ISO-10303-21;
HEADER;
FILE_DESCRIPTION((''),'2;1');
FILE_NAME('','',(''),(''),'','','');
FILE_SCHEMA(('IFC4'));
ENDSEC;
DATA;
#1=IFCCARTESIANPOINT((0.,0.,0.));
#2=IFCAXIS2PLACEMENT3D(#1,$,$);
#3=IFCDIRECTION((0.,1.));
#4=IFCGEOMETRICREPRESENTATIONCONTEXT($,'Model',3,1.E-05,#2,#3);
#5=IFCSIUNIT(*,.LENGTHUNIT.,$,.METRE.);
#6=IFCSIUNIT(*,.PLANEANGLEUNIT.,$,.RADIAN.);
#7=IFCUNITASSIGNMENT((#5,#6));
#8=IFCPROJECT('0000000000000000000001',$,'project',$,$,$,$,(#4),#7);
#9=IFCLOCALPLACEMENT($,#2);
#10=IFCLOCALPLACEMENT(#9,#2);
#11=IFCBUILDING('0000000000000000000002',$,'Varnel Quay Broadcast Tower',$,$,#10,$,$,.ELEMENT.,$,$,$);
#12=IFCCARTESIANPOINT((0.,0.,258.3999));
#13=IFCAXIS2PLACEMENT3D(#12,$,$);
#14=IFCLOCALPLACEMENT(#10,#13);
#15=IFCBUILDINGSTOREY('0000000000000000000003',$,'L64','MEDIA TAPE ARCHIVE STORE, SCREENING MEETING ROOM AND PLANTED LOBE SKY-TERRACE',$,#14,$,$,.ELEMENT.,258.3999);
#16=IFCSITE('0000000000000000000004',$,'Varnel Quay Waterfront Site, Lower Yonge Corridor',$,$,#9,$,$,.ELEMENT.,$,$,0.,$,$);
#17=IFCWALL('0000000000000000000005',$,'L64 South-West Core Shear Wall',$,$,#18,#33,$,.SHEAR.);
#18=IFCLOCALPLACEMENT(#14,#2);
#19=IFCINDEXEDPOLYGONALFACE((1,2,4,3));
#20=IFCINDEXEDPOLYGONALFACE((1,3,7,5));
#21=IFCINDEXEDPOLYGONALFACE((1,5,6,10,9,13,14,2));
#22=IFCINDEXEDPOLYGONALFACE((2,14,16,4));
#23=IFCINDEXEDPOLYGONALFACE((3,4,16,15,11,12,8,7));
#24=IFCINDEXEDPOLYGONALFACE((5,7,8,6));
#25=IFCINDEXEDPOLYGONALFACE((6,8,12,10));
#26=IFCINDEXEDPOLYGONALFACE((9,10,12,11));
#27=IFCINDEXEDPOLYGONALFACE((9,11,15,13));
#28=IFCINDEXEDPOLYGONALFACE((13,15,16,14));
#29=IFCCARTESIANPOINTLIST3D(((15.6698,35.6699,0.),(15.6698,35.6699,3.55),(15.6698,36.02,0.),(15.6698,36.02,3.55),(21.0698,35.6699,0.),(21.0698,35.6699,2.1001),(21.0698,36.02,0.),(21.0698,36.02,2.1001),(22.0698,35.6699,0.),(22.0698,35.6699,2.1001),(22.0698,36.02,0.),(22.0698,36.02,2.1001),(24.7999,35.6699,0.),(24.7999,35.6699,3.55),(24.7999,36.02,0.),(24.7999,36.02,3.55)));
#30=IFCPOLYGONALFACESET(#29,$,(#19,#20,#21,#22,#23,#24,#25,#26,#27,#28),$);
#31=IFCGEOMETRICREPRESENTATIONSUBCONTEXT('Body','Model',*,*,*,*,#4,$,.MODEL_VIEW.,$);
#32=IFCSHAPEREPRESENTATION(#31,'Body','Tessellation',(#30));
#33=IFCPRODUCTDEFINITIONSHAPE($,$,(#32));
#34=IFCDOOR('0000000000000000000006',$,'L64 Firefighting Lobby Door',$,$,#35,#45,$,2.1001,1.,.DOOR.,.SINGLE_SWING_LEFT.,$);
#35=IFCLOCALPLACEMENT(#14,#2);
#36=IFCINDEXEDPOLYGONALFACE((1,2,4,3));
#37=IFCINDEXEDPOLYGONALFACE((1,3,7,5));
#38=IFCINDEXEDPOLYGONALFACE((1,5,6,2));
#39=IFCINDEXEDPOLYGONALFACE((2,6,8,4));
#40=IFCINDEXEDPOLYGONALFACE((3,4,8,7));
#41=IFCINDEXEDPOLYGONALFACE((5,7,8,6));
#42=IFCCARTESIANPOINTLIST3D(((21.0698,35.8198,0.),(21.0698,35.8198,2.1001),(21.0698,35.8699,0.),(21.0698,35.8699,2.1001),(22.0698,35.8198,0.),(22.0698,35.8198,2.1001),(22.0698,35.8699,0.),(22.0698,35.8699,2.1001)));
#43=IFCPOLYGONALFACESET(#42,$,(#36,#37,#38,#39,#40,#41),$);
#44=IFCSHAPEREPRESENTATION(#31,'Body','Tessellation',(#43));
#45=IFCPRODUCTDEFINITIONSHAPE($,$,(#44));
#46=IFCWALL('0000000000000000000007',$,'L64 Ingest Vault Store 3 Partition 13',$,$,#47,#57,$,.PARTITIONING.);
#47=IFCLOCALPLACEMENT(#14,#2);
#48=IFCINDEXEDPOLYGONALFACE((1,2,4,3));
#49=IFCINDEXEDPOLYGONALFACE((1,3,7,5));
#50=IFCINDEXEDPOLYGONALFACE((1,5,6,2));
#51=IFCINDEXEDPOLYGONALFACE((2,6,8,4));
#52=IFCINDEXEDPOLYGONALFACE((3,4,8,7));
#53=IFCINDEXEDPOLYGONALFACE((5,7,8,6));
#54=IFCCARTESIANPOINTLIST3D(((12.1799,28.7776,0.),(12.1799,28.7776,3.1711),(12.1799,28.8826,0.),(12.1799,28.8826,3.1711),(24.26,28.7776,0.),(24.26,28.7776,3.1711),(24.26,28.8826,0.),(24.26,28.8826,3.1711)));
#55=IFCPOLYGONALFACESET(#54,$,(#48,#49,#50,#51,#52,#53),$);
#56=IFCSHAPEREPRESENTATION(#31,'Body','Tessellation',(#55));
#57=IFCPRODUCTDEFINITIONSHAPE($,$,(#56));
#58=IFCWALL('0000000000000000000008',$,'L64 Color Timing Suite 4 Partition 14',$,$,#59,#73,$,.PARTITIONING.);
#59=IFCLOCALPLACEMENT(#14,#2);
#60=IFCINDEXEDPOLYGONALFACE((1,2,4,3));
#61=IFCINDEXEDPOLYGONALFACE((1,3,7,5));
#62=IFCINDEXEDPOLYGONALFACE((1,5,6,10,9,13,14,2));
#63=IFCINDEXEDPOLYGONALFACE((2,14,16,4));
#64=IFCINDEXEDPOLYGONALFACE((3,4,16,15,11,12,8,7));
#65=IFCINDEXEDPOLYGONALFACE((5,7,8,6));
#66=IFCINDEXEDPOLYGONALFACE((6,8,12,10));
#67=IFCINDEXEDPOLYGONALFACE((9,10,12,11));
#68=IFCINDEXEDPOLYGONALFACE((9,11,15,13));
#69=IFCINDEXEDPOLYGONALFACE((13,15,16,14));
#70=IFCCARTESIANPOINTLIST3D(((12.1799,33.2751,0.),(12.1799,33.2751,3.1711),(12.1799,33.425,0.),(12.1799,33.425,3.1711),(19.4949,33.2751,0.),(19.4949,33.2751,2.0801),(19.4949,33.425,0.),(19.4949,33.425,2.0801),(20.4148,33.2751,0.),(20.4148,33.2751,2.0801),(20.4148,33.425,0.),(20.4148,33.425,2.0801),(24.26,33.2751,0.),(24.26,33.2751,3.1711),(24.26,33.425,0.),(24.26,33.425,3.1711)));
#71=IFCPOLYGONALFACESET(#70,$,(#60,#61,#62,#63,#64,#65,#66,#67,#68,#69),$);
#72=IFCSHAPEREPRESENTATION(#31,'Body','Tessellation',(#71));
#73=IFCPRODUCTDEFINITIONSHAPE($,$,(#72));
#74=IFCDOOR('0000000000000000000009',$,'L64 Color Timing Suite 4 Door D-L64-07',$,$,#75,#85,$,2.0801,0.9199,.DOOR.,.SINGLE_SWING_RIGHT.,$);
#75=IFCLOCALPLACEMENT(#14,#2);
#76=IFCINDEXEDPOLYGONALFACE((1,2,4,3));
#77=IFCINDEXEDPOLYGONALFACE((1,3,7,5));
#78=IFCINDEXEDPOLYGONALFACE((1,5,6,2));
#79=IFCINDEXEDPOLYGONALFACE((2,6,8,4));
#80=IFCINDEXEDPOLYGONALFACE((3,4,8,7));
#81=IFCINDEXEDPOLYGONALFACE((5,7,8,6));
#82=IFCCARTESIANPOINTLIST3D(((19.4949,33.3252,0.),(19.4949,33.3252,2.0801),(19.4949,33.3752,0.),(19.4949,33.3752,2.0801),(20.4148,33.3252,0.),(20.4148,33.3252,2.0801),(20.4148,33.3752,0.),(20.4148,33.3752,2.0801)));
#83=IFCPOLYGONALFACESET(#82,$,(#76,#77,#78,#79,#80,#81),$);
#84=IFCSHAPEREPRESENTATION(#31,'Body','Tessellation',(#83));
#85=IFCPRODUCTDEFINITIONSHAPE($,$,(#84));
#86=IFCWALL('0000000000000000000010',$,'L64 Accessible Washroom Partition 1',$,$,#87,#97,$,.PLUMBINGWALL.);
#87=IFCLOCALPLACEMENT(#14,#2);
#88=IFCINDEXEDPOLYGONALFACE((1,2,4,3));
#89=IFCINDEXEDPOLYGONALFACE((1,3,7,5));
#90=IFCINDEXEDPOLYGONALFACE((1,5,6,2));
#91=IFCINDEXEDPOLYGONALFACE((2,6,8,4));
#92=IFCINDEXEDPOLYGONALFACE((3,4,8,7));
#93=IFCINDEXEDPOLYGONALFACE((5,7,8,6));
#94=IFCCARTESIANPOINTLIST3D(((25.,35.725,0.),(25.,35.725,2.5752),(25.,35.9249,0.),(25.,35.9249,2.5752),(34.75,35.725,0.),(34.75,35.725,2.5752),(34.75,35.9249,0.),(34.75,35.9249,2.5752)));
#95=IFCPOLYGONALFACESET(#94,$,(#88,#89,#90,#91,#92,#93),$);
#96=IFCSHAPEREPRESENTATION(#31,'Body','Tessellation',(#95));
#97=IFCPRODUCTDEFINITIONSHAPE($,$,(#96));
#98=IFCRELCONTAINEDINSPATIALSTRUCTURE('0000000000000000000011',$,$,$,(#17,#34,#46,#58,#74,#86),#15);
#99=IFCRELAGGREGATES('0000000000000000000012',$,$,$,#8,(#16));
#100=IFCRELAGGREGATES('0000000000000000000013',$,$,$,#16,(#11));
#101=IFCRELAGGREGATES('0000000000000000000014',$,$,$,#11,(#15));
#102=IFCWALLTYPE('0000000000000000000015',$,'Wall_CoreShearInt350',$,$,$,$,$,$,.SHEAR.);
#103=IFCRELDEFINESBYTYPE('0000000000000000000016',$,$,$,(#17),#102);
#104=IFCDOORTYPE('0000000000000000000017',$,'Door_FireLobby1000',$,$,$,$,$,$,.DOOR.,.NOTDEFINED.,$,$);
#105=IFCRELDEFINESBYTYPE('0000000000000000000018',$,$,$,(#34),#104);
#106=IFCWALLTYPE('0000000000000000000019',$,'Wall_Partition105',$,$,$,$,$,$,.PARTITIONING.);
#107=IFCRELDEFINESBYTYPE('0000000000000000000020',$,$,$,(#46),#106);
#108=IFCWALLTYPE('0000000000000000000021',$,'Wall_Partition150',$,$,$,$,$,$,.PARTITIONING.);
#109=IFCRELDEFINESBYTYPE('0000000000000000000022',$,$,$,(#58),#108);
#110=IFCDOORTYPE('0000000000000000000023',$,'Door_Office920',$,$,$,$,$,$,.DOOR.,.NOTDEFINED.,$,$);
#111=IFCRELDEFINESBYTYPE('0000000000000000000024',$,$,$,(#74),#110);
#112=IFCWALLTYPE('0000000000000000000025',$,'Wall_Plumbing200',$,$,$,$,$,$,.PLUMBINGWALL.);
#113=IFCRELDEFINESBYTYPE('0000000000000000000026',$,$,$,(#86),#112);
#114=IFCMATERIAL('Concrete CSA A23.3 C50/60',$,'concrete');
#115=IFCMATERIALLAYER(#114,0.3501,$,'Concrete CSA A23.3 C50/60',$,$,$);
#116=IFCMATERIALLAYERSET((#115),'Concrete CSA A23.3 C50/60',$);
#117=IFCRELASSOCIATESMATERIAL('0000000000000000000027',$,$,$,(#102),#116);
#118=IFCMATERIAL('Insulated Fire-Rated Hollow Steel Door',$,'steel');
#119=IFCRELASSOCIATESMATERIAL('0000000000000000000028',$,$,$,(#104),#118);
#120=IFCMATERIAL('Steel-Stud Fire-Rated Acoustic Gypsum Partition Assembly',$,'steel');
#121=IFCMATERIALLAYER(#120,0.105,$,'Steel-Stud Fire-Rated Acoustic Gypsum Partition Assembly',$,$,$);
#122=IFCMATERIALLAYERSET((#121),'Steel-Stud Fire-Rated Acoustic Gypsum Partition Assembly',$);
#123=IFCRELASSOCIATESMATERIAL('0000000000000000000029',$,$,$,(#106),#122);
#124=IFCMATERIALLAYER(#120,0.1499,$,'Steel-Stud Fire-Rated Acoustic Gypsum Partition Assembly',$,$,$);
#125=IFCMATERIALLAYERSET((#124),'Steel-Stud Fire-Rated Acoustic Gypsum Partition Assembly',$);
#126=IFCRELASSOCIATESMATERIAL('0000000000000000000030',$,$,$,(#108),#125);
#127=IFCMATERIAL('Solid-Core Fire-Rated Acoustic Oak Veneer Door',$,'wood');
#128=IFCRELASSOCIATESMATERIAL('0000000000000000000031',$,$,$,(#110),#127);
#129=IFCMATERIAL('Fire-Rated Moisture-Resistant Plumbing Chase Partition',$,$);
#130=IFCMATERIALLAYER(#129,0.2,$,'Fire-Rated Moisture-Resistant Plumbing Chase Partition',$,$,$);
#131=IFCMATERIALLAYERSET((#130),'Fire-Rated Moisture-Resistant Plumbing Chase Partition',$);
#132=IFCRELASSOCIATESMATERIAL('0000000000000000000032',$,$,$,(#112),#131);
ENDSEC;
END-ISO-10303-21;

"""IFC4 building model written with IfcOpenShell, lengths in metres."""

from ifc_helpers import new_model, si_unit, direction, frame, frame_2d, origin, place, context, subcontext, project, spatial, rectangle, extrude, source, transform, mapped, material, layer, layer_set, type_object, type_shapes, element, fill, save


model = new_model("IFC4")

# Units and contexts
model_context = context("Model", 3, precision=1e-05, world=origin(), true_north=direction((0.0, 1.0)))
body_context = subcontext(model_context, "Body", "Model", "MODEL_VIEW")
ifc_project = project(units=[si_unit("LENGTHUNIT", "METRE"), si_unit("PLANEANGLEUNIT", "RADIAN")], contexts=[model_context])

# Site, building, storey
site_placement = place(None, origin())
site = spatial("IfcSite", under=ifc_project, at=site_placement, Name="Varnel Quay Waterfront Site, Lower Yonge Corridor", CompositionType="ELEMENT", RefElevation=0.0)
building_placement = place(site_placement, origin())
building = spatial("IfcBuilding", under=site, at=building_placement, Name="Varnel Quay Broadcast Tower", CompositionType="ELEMENT")
storey_placement = place(building_placement, frame((0.0, 0.0, 258.3999)))
storey = spatial("IfcBuildingStorey", under=building, at=storey_placement, Name="L64", Description="MEDIA TAPE ARCHIVE STORE, SCREENING MEETING ROOM AND PLANTED LOBE SKY-TERRACE", CompositionType="ELEMENT", Elevation=258.3999)

# Shared definitions
ifc_material_1 = material(Name="Concrete CSA A23.3 C50/60", Category="concrete")

# Shared definitions
ifc_material_2 = material(Name="Insulated Fire-Rated Hollow Steel Door", Category="steel")

# Shared definitions
ifc_layer_1 = layer(ifc_material_1, 0.3501, Name="Concrete CSA A23.3 C50/60")
ifc_layer_set_1 = layer_set([ifc_layer_1], Name="Concrete CSA A23.3 C50/60")
wall_type_1 = type_object("IfcWallType", Name="Wall_CoreShearInt350", PredefinedType="SHEAR", material=ifc_layer_set_1)

# Wall, opening, door
wall_1_placement = place(storey_placement, frame((15.6699, 35.845, 0.0), z_axis=(0.0, 0.0, 1.0), x_axis=(1.0, 0.0, 0.0)))
wall_1 = element("IfcWall", 1, at=wall_1_placement, inside=storey, type_object=wall_type_1, Name="L64 South-West Core Shear Wall", PredefinedType="SHEAR", context=body_context, shape_type="SweptSolid", body=[
    extrude(rectangle(XDim=9.1301, YDim=0.3501, at=frame_2d((4.5649, 0.0))), origin(), (0.0, 0.0, 1.0), 3.55),
])
opening_1_placement = place(wall_1_placement, frame((5.3999, 0.0, 0.0)))
opening_1 = element("IfcOpeningElement", 2, at=opening_1_placement, cuts=wall_1, PredefinedType="OPENING", context=body_context, shape_type="SweptSolid", body=[
    extrude(rectangle(XDim=1.0, YDim=2.1001, at=frame_2d((0.5, 1.05))), frame((0.0, 0.1851, 0.0), z_axis=(0.0, -1.0, 0.0), x_axis=(1.0, 0.0, 0.0)), (0.0, 0.0, 1.0), 0.3701),
])
door_type_1 = type_object("IfcDoorType", Name="Door_FireLobby1000", OperationType="NOTDEFINED", PredefinedType="DOOR", material=ifc_material_2)
shared_shape_1 = source(origin(), body_context, "Body", "SweptSolid", [
    extrude(rectangle(XDim=1.0, YDim=2.1001, at=frame_2d((0.5, 1.05))), frame((0.0, 0.0249, 0.0), z_axis=(0.0, -1.0, 0.0), x_axis=(1.0, 0.0, 0.0)), (0.0, 0.0, 1.0), 0.05),
])
type_shapes(door_type_1, [shared_shape_1])
door_1_placement = place(opening_1_placement, origin())
door_1 = element("IfcDoor", 3, at=door_1_placement, inside=storey, type_object=door_type_1, Name="L64 Firefighting Lobby Door", OperationType="SINGLE_SWING_LEFT", OverallHeight=2.1001, OverallWidth=1.0, PredefinedType="DOOR", context=body_context, shape_type="MappedRepresentation", body=[
    mapped(shared_shape_1, transform((0.0, 0.0, 0.0), x_axis=(1.0, 0.0, 0.0), y_axis=(0.0, 1.0, 0.0), z_axis=(0.0, 0.0, 1.0), scale=1.0)),
])
fill(opening_1, door_1)

# Wall
ifc_material_3 = material(Name="Steel-Stud Fire-Rated Acoustic Gypsum Partition Assembly", Category="steel")
ifc_layer_2 = layer(ifc_material_3, 0.105, Name="Steel-Stud Fire-Rated Acoustic Gypsum Partition Assembly")
ifc_layer_set_2 = layer_set([ifc_layer_2], Name="Steel-Stud Fire-Rated Acoustic Gypsum Partition Assembly")
wall_type_2 = type_object("IfcWallType", Name="Wall_Partition105", PredefinedType="PARTITIONING", material=ifc_layer_set_2)
wall_2_placement = place(storey_placement, frame((12.1799, 28.8301, 0.0), z_axis=(0.0, 0.0, 1.0), x_axis=(1.0, 0.0, 0.0)))
element("IfcWall", 4, at=wall_2_placement, inside=storey, type_object=wall_type_2, Name="L64 Ingest Vault Store 3 Partition 13", PredefinedType="PARTITIONING", context=body_context, shape_type="SweptSolid", body=[
    extrude(rectangle(XDim=12.0801, YDim=0.105, at=frame_2d((6.04, 0.0))), origin(), (0.0, 0.0, 1.0), 3.1711),
])

# Wall, opening, door
ifc_layer_3 = layer(ifc_material_3, 0.1499, Name="Steel-Stud Fire-Rated Acoustic Gypsum Partition Assembly")
ifc_layer_set_3 = layer_set([ifc_layer_3], Name="Steel-Stud Fire-Rated Acoustic Gypsum Partition Assembly")
wall_type_3 = type_object("IfcWallType", Name="Wall_Partition150", PredefinedType="PARTITIONING", material=ifc_layer_set_3)
wall_3_placement = place(storey_placement, frame((12.1799, 33.3501, 0.0), z_axis=(0.0, 0.0, 1.0), x_axis=(1.0, 0.0, 0.0)))
wall_3 = element("IfcWall", 5, at=wall_3_placement, inside=storey, type_object=wall_type_3, Name="L64 Color Timing Suite 4 Partition 14", PredefinedType="PARTITIONING", context=body_context, shape_type="SweptSolid", body=[
    extrude(rectangle(XDim=12.0801, YDim=0.1499, at=frame_2d((6.04, 0.0))), origin(), (0.0, 0.0, 1.0), 3.1711),
])
opening_2_placement = place(wall_3_placement, frame((7.3149, 0.0, 0.0)))
opening_2 = element("IfcOpeningElement", 6, at=opening_2_placement, cuts=wall_3, PredefinedType="OPENING", context=body_context, shape_type="SweptSolid", body=[
    extrude(rectangle(XDim=0.9199, YDim=2.0801, at=frame_2d((0.46, 1.04))), frame((0.0, 0.085, 0.0), z_axis=(0.0, -1.0, 0.0), x_axis=(1.0, 0.0, 0.0)), (0.0, 0.0, 1.0), 0.1699),
])
ifc_material_4 = material(Name="Solid-Core Fire-Rated Acoustic Oak Veneer Door", Category="wood")
door_type_2 = type_object("IfcDoorType", Name="Door_Office920", OperationType="NOTDEFINED", PredefinedType="DOOR", material=ifc_material_4)
shared_shape_2 = source(origin(), body_context, "Body", "SweptSolid", [
    extrude(rectangle(XDim=0.9199, YDim=2.0801, at=frame_2d((0.46, 1.04))), frame((0.0, 0.0249, 0.0), z_axis=(0.0, -1.0, 0.0), x_axis=(1.0, 0.0, 0.0)), (0.0, 0.0, 1.0), 0.05),
])
type_shapes(door_type_2, [shared_shape_2])
door_2_placement = place(opening_2_placement, frame((0.9199, 0.0, 0.0), z_axis=(0.0, 0.0, 1.0), x_axis=(-1.0, 0.0, 0.0)))
door_2 = element("IfcDoor", 7, at=door_2_placement, inside=storey, type_object=door_type_2, Name="L64 Color Timing Suite 4 Door D-L64-07", OperationType="SINGLE_SWING_RIGHT", OverallHeight=2.0801, OverallWidth=0.9199, PredefinedType="DOOR", context=body_context, shape_type="MappedRepresentation", body=[
    mapped(shared_shape_2, transform((0.0, 0.0, 0.0), x_axis=(1.0, 0.0, 0.0), y_axis=(0.0, 1.0, 0.0), z_axis=(0.0, 0.0, 1.0), scale=1.0)),
])
fill(opening_2, door_2)

# Wall
ifc_material_5 = material(Name="Fire-Rated Moisture-Resistant Plumbing Chase Partition")
ifc_layer_4 = layer(ifc_material_5, 0.2, Name="Fire-Rated Moisture-Resistant Plumbing Chase Partition")
ifc_layer_set_4 = layer_set([ifc_layer_4], Name="Fire-Rated Moisture-Resistant Plumbing Chase Partition")
wall_type_4 = type_object("IfcWallType", Name="Wall_Plumbing200", PredefinedType="PLUMBINGWALL", material=ifc_layer_set_4)
wall_4_placement = place(storey_placement, frame((25.0, 35.825, 0.0), z_axis=(0.0, 0.0, 1.0), x_axis=(1.0, 0.0, 0.0)))
element("IfcWall", 8, at=wall_4_placement, inside=storey, type_object=wall_type_4, Name="L64 Accessible Washroom Partition 1", PredefinedType="PLUMBINGWALL", context=body_context, shape_type="SweptSolid", body=[
    extrude(rectangle(XDim=9.75, YDim=0.2, at=frame_2d((4.875, 0.0))), origin(), (0.0, 0.0, 1.0), 2.5752),
])

save(model, "model.ifc")
